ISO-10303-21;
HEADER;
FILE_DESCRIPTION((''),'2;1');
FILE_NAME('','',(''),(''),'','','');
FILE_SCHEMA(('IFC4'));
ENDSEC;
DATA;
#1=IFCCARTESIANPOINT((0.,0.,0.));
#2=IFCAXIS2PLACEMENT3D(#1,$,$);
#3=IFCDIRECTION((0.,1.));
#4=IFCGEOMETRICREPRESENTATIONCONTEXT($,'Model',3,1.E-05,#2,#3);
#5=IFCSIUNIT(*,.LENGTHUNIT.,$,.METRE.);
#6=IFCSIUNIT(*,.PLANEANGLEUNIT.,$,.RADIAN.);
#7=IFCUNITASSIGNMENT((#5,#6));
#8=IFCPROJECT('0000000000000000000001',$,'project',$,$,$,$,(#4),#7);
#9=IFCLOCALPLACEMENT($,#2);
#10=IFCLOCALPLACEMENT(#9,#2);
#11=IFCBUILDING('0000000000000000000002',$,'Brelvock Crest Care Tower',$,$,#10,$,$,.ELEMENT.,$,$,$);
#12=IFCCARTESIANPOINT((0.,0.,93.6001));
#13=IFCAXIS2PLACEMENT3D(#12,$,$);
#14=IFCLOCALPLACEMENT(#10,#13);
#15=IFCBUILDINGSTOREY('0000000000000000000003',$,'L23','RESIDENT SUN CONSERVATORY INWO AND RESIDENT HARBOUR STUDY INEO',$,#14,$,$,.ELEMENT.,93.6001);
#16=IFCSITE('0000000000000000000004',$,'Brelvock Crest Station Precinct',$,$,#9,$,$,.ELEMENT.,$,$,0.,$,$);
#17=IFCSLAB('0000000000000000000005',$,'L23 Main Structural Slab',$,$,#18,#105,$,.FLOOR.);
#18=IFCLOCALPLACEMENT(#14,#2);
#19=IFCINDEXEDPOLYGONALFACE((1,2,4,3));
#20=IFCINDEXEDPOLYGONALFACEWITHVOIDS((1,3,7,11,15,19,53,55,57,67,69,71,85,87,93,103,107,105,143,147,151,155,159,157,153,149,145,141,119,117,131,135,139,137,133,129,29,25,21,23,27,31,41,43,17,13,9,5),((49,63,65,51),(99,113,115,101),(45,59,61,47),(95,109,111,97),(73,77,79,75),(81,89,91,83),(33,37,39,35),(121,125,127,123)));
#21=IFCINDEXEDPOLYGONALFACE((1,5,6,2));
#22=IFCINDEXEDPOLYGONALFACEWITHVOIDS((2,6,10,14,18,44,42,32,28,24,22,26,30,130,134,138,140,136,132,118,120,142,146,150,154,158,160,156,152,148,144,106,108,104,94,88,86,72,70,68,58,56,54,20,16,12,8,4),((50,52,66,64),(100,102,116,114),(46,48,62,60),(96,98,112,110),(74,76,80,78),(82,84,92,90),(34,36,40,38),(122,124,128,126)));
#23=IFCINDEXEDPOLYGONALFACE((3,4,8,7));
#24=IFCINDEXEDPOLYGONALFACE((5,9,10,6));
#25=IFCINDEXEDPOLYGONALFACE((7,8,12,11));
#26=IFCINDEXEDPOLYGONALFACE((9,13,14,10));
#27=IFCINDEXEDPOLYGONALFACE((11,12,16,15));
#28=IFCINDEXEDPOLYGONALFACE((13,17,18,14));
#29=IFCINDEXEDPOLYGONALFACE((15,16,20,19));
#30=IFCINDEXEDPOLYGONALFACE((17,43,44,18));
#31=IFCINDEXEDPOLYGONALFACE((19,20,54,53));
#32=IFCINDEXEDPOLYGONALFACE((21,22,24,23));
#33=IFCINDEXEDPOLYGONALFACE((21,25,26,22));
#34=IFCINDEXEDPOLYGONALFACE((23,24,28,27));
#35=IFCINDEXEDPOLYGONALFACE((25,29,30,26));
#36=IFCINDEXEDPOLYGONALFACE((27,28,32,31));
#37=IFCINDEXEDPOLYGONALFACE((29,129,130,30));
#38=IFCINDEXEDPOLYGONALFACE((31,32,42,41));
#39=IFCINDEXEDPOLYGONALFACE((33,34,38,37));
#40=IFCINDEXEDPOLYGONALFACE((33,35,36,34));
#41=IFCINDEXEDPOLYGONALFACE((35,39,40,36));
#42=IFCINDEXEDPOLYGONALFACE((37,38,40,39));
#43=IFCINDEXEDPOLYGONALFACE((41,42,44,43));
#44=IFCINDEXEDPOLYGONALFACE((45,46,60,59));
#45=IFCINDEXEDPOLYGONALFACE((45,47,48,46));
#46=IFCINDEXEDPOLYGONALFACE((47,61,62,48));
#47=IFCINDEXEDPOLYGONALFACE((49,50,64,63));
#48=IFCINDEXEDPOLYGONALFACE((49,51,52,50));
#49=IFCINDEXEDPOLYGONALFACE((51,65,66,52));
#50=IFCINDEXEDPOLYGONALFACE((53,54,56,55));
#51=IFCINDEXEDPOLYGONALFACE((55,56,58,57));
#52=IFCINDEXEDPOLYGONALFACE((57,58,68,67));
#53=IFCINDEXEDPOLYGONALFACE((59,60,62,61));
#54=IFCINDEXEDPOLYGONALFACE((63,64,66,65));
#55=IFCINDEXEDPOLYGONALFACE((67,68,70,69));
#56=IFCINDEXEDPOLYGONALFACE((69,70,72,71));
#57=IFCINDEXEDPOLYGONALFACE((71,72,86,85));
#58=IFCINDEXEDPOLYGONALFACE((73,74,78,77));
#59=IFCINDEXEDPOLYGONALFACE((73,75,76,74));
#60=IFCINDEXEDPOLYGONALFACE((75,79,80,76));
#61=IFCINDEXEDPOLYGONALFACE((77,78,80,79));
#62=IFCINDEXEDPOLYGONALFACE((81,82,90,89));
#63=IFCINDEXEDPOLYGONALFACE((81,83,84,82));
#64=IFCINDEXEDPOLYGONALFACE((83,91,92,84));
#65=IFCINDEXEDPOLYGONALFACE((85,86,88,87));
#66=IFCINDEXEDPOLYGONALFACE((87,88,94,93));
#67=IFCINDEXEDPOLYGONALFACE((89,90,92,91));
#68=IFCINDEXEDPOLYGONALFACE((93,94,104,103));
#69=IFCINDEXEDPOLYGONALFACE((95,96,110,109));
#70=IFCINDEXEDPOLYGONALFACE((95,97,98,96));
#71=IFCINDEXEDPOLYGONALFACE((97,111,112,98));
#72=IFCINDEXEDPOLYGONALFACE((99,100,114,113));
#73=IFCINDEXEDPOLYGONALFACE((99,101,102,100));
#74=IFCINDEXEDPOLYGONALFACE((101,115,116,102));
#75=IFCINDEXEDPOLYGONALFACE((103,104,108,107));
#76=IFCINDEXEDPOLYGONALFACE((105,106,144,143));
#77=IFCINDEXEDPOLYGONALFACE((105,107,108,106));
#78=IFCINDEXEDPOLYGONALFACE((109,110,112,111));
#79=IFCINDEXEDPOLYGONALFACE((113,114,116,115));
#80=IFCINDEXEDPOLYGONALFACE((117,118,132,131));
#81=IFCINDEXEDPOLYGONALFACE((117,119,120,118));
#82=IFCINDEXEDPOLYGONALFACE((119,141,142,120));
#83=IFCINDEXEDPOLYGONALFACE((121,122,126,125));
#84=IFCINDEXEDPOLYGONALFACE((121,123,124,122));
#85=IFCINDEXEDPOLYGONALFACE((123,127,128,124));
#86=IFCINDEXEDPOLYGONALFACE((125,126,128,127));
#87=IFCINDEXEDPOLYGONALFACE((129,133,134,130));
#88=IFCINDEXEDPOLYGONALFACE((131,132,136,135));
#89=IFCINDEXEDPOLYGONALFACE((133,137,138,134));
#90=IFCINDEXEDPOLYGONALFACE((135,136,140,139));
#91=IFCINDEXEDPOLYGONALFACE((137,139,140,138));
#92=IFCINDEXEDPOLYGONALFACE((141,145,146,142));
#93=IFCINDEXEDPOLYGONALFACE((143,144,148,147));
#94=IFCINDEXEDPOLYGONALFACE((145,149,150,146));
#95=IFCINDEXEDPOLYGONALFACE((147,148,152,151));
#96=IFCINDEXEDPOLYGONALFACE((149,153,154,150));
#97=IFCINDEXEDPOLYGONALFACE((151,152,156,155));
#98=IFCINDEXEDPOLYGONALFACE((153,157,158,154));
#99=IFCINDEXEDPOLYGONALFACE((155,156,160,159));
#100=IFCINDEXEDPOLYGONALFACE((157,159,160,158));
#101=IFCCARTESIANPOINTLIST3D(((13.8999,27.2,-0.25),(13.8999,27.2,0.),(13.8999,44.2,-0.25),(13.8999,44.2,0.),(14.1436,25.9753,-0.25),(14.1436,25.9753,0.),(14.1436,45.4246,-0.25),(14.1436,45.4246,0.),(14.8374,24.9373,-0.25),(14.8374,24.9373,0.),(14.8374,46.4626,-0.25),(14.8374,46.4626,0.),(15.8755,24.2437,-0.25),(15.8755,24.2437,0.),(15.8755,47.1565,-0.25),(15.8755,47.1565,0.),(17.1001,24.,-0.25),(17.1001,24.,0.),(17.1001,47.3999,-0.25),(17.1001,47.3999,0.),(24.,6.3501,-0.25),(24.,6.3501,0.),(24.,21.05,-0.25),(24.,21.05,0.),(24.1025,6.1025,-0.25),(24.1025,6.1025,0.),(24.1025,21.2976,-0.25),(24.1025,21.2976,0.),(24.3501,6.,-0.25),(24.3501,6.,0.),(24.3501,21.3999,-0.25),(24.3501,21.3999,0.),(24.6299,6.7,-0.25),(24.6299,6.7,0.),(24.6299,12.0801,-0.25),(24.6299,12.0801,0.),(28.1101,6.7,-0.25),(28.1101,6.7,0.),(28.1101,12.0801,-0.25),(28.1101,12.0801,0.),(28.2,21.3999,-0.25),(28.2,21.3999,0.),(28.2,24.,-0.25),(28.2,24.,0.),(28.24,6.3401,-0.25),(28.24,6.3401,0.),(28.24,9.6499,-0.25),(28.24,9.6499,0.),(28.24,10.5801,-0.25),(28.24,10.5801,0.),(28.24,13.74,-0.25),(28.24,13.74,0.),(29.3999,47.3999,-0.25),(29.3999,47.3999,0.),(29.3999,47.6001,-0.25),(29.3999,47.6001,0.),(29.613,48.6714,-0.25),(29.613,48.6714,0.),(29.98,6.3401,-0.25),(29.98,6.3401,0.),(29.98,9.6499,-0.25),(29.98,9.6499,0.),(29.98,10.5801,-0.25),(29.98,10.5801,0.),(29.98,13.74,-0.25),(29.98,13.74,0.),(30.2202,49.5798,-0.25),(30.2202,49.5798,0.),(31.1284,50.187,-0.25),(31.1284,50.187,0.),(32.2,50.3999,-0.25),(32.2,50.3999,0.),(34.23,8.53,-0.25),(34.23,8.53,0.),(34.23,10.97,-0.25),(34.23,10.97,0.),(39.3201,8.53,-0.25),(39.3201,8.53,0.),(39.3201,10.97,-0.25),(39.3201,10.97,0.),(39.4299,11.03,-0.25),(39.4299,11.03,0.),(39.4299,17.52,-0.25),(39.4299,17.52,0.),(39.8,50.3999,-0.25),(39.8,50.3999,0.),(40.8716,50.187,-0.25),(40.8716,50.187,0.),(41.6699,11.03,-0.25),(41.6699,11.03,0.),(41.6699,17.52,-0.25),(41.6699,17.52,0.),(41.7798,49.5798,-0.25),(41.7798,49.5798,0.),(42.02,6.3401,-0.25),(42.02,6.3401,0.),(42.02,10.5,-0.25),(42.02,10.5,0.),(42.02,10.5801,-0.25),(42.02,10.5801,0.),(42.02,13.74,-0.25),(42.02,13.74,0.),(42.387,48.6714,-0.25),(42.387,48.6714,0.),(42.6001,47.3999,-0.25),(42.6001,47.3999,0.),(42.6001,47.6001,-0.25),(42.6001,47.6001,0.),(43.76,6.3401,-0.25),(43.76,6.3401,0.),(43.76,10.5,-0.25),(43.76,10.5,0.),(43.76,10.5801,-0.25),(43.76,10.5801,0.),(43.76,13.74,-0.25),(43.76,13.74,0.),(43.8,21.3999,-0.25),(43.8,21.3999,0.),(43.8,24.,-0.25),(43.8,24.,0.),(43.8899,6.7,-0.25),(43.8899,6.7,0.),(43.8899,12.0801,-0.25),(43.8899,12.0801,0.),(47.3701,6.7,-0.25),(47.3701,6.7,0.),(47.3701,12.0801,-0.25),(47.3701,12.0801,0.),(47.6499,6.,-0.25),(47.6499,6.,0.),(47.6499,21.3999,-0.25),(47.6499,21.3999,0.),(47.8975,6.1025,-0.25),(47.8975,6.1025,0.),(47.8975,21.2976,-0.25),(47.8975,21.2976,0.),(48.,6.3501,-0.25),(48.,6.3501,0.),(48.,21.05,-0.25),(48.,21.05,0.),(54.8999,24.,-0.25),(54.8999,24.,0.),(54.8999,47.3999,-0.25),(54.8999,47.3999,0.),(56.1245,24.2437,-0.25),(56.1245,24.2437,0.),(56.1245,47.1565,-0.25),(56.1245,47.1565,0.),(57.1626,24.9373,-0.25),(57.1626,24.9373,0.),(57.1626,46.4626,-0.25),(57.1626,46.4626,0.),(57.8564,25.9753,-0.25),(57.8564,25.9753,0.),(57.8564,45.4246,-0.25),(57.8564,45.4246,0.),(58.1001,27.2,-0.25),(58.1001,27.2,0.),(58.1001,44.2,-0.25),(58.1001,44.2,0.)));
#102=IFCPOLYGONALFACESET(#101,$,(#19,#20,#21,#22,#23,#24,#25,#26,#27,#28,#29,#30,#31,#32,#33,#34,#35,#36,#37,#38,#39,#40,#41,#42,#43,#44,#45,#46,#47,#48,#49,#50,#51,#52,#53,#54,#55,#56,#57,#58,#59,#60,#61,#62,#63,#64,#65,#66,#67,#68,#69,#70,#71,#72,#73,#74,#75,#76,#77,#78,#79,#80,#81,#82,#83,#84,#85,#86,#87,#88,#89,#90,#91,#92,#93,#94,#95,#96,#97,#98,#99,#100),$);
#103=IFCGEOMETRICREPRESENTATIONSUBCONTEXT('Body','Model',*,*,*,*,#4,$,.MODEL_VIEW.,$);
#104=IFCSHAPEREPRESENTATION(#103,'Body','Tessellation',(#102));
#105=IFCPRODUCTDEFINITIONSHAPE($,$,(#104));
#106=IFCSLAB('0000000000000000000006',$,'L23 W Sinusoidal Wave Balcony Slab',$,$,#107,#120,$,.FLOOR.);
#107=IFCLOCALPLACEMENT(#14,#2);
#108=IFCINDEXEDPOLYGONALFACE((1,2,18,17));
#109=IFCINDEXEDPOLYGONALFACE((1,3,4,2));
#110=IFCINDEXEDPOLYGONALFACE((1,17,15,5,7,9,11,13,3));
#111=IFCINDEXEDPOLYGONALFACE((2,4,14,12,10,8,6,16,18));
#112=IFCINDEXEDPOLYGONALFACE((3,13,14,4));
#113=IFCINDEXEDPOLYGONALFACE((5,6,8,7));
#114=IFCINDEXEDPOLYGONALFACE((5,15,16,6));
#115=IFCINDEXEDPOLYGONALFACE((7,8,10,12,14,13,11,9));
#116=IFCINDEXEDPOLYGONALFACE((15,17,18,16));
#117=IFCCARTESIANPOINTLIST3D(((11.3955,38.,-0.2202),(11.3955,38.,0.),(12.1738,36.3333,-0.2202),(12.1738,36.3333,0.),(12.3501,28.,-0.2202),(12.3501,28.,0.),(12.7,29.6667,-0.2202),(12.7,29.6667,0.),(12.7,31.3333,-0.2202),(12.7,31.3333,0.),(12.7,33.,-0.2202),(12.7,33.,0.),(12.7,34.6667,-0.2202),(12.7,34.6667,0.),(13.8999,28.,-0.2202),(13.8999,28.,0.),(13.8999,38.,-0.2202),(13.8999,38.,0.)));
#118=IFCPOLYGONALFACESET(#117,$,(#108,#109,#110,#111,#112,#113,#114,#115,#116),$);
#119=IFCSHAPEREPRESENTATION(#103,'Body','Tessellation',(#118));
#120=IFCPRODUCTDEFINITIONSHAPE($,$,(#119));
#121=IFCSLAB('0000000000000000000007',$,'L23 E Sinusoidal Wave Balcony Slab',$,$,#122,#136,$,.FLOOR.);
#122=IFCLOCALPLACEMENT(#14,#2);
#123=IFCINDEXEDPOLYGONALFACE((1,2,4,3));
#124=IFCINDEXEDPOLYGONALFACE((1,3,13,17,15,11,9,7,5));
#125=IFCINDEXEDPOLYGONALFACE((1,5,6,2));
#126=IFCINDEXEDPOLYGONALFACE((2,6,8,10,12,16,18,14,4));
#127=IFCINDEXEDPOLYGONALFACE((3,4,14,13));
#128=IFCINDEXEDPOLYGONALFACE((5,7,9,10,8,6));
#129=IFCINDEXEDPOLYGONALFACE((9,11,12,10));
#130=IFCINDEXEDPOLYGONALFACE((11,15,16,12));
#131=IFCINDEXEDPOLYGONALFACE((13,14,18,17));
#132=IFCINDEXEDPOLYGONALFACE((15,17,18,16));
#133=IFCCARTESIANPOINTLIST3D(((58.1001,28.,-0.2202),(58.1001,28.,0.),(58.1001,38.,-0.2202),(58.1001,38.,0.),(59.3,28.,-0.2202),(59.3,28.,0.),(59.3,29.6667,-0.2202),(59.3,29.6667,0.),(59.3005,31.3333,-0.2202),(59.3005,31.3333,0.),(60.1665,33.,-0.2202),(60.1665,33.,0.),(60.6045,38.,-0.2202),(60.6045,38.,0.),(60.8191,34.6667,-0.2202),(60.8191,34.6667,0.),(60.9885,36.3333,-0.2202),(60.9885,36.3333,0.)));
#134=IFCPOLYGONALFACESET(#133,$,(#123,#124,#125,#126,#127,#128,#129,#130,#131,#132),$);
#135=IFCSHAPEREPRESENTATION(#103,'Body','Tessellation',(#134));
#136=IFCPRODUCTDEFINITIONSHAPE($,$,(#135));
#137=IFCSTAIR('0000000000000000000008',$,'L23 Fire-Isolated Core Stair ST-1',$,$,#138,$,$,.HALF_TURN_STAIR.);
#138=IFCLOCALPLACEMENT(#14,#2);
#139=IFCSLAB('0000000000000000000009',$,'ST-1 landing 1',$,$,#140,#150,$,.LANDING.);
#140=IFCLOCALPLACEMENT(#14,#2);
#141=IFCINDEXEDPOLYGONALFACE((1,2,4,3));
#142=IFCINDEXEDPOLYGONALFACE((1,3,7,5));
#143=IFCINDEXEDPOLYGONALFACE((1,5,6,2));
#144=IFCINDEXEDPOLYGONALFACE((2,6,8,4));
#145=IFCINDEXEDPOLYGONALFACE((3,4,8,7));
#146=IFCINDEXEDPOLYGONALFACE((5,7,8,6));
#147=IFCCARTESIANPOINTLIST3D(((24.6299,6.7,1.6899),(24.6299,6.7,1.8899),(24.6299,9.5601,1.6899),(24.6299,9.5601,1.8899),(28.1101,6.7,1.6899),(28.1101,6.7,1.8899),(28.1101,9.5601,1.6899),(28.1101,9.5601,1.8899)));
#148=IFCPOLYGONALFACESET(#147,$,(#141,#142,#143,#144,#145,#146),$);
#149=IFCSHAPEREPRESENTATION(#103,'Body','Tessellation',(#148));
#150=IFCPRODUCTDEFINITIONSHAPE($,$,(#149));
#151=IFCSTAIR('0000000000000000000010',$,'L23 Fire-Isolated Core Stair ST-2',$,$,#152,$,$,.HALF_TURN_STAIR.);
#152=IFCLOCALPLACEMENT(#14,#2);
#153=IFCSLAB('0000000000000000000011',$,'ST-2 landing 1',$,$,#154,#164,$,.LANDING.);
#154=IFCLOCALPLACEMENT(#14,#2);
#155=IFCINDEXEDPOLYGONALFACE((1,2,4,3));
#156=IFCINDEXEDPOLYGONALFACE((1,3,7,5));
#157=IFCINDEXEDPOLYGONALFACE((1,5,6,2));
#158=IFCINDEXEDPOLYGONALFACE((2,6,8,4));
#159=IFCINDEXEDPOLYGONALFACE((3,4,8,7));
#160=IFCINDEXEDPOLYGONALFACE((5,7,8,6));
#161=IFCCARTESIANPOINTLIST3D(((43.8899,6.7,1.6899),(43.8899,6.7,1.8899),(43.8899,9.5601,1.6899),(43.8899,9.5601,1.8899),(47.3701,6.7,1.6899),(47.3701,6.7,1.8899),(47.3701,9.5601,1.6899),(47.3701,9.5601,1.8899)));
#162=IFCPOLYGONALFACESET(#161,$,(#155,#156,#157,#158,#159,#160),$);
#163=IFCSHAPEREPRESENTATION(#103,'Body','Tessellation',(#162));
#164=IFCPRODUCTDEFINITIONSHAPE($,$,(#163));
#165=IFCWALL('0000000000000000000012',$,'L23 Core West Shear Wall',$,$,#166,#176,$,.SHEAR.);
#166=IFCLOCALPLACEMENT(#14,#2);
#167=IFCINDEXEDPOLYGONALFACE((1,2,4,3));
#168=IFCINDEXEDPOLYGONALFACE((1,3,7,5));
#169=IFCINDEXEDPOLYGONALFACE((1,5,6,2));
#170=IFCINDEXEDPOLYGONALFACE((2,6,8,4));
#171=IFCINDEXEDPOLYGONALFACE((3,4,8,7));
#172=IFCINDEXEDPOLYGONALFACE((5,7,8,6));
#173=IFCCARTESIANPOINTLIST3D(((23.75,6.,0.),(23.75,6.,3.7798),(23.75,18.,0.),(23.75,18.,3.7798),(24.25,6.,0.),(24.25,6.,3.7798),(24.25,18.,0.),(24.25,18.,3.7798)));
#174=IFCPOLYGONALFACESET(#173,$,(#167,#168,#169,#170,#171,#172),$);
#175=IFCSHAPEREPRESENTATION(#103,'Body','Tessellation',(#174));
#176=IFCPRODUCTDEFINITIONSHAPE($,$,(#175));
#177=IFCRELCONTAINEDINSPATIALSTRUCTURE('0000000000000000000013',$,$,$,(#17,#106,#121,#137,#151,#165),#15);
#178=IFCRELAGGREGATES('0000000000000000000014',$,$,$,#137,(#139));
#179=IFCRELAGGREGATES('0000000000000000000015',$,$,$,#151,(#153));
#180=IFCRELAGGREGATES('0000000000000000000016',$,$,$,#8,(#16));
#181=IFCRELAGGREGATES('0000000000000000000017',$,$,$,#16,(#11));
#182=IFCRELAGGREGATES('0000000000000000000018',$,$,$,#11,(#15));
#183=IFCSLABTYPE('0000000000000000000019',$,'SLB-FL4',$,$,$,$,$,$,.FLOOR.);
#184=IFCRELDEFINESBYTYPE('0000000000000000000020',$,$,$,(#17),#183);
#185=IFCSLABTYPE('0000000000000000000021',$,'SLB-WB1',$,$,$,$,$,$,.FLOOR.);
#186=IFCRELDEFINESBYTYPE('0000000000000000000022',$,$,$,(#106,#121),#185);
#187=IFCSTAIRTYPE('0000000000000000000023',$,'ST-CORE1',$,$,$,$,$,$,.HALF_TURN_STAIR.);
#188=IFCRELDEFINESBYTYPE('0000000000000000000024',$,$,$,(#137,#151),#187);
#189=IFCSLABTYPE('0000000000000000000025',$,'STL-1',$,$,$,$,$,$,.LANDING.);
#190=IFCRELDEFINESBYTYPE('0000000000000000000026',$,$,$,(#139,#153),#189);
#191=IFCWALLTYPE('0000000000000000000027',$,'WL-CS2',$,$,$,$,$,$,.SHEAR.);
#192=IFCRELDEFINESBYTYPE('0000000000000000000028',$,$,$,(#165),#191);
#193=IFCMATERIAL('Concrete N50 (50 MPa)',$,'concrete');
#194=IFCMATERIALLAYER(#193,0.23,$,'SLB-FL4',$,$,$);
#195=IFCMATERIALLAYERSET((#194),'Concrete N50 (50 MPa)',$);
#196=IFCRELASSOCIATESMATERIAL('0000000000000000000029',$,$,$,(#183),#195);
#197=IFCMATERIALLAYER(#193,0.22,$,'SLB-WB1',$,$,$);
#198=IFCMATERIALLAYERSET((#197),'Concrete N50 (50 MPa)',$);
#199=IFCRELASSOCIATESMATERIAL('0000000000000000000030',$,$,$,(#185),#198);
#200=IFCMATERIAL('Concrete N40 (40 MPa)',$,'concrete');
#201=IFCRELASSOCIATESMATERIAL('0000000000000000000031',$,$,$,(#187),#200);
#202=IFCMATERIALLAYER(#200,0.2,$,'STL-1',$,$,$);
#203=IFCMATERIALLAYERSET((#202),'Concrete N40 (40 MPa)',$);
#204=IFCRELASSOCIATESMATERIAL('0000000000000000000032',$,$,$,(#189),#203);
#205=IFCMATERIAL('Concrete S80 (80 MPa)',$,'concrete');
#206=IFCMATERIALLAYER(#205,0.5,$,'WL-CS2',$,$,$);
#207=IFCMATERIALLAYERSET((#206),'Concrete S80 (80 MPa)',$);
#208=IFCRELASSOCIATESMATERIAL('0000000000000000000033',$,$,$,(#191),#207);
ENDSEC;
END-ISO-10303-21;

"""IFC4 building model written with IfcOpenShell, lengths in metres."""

from ifc_helpers import new_model, si_unit, direction, frame, frame_2d, origin, place, context, subcontext, project, spatial, polyline, rectangle, outline, extrude, material, layer, layer_set, type_object, element, aggregate, save


model = new_model("IFC4")

# Units and contexts
model_context = context("Model", 3, precision=1e-05, world=origin(), true_north=direction((0.0, 1.0)))
body_context = subcontext(model_context, "Body", "Model", "MODEL_VIEW")
ifc_project = project(units=[si_unit("LENGTHUNIT", "METRE"), si_unit("PLANEANGLEUNIT", "RADIAN")], contexts=[model_context])

# Site, building, storey
site_placement = place(None, origin())
site = spatial("IfcSite", under=ifc_project, at=site_placement, Name="Brelvock Crest Station Precinct", CompositionType="ELEMENT", RefElevation=0.0)
building_placement = place(site_placement, origin())
building = spatial("IfcBuilding", under=site, at=building_placement, Name="Brelvock Crest Care Tower", CompositionType="ELEMENT")
storey_placement = place(building_placement, frame((0.0, 0.0, 93.6001)))
storey = spatial("IfcBuildingStorey", under=building, at=storey_placement, Name="L23", Description="RESIDENT SUN CONSERVATORY INWO AND RESIDENT HARBOUR STUDY INEO", CompositionType="ELEMENT", Elevation=93.6001)

# Shared definitions
ifc_material_1 = material(Name="Concrete S80 (80 MPa)", Category="concrete")

# Slabs
ifc_material_2 = material(Name="Concrete N50 (50 MPa)", Category="concrete")
ifc_layer_1 = layer(ifc_material_2, 0.23, Name="SLB-FL4")
ifc_layer_set_1 = layer_set([ifc_layer_1], Name="Concrete N50 (50 MPa)")
slab_type_1 = type_object("IfcSlabType", Name="SLB-FL4", PredefinedType="FLOOR", material=ifc_layer_set_1)
slab_1_placement = place(storey_placement, frame((0.0, 0.0, -0.25)))
element("IfcSlab", 1, at=slab_1_placement, inside=storey, type_object=slab_type_1, Name="L23 Main Structural Slab", PredefinedType="FLOOR", context=body_context, shape_type="SweptSolid", body=[
    extrude(outline(polyline([(47.6499, 21.3999), (43.8, 21.3999), (43.8, 24.0), (54.8999, 24.0), (56.1245, 24.2437), (57.1626, 24.9373), (57.8564, 25.9753), (58.1001, 27.2), (58.1001, 44.2), (57.8564, 45.4246), (57.1626, 46.4626), (56.1245, 47.1565), (54.8999, 47.3999), (42.6001, 47.3999), (42.6001, 47.6001), (42.387, 48.6714), (41.7798, 49.5798), (40.8716, 50.187), (39.8, 50.3999), (32.2, 50.3999), (31.1284, 50.187), (30.2202, 49.5798), (29.613, 48.6714), (29.3999, 47.6001), (29.3999, 47.3999), (17.1001, 47.3999), (15.8755, 47.1565), (14.8374, 46.4626), (14.1436, 45.4246), (13.8999, 44.2), (13.8999, 27.2), (14.1436, 25.9753), (14.8374, 24.9373), (15.8755, 24.2437), (17.1001, 24.0), (28.2, 24.0), (28.2, 21.3999), (24.3501, 21.3999), (24.1025, 21.2976), (24.0, 21.05), (24.0, 6.3501), (24.1025, 6.1025), (24.3501, 6.0), (47.6499, 6.0), (47.8975, 6.1025), (48.0, 6.3501), (48.0, 21.05), (47.8975, 21.2976), (47.6499, 21.3999)]), holes=[polyline([(28.24, 10.5801), (29.98, 10.5801), (29.98, 13.74), (28.24, 13.74), (28.24, 10.5801)]), polyline([(42.02, 10.5801), (43.76, 10.5801), (43.76, 13.74), (42.02, 13.74), (42.02, 10.5801)]), polyline([(28.24, 6.3401), (29.98, 6.3401), (29.98, 9.6499), (28.24, 9.6499), (28.24, 6.3401)]), polyline([(24.6299, 12.0801), (24.6299, 6.7), (28.1101, 6.7), (28.1101, 12.0801), (24.6299, 12.0801)]), polyline([(43.8899, 12.0801), (43.8899, 6.7), (47.3701, 6.7), (47.3701, 12.0801), (43.8899, 12.0801)]), polyline([(42.02, 6.3401), (43.76, 6.3401), (43.76, 10.5), (42.02, 10.5), (42.02, 6.3401)]), polyline([(34.23, 8.53), (39.3201, 8.53), (39.3201, 10.97), (34.23, 10.97), (34.23, 8.53)]), polyline([(39.4299, 11.03), (41.6699, 11.03), (41.6699, 17.52), (39.4299, 17.52), (39.4299, 11.03)])]), origin(), (0.0, 0.0, 1.0), 0.25),
])
ifc_layer_2 = layer(ifc_material_2, 0.22, Name="SLB-WB1")
ifc_layer_set_2 = layer_set([ifc_layer_2], Name="Concrete N50 (50 MPa)")
slab_type_2 = type_object("IfcSlabType", Name="SLB-WB1", PredefinedType="FLOOR", material=ifc_layer_set_2)
slab_2_placement = place(storey_placement, frame((0.0, 0.0, -0.2202)))
element("IfcSlab", 2, at=slab_2_placement, inside=storey, type_object=slab_type_2, Name="L23 W Sinusoidal Wave Balcony Slab", PredefinedType="FLOOR", context=body_context, shape_type="SweptSolid", body=[
    extrude(outline(polyline([(13.8999, 38.0), (11.3955, 38.0), (12.1738, 36.3333), (12.7, 34.6667), (12.7, 33.0), (12.7, 31.3333), (12.7, 29.6667), (12.3501, 28.0), (13.8999, 28.0), (13.8999, 38.0)])), origin(), (0.0, 0.0, 1.0), 0.2202),
])
slab_3_placement = place(storey_placement, frame((0.0, 0.0, -0.2202)))
element("IfcSlab", 3, at=slab_3_placement, inside=storey, type_object=slab_type_2, Name="L23 E Sinusoidal Wave Balcony Slab", PredefinedType="FLOOR", context=body_context, shape_type="SweptSolid", body=[
    extrude(outline(polyline([(58.1001, 28.0), (59.3, 28.0), (59.3, 29.6667), (59.3005, 31.3333), (60.1665, 33.0), (60.8191, 34.6667), (60.9885, 36.3333), (60.6045, 38.0), (58.1001, 38.0), (58.1001, 28.0)])), origin(), (0.0, 0.0, 1.0), 0.2202),
])

# Stairs, slabs
ifc_material_3 = material(Name="Concrete N40 (40 MPa)", Category="concrete")
stair_type = type_object("IfcStairType", Name="ST-CORE1", PredefinedType="HALF_TURN_STAIR", material=ifc_material_3)
stair_1_placement = place(storey_placement, origin())
stair_1 = element("IfcStair", 4, at=stair_1_placement, inside=storey, type_object=stair_type, Name="L23 Fire-Isolated Core Stair ST-1", PredefinedType="HALF_TURN_STAIR")
ifc_layer_3 = layer(ifc_material_3, 0.2, Name="STL-1")
ifc_layer_set_3 = layer_set([ifc_layer_3], Name="Concrete N40 (40 MPa)")
slab_type_3 = type_object("IfcSlabType", Name="STL-1", PredefinedType="LANDING", material=ifc_layer_set_3)
slab_4_placement = place(storey_placement, frame((0.0, 0.0, 1.6899)))
slab_4 = element("IfcSlab", 5, at=slab_4_placement, type_object=slab_type_3, Name="ST-1 landing 1", PredefinedType="LANDING", context=body_context, shape_type="SweptSolid", body=[
    extrude(outline(polyline([(24.6299, 9.5601), (24.6299, 6.7), (28.1101, 6.7), (28.1101, 9.5601), (24.6299, 9.5601)])), origin(), (0.0, 0.0, 1.0), 0.2),
])
aggregate(stair_1, [slab_4])
stair_2_placement = place(storey_placement, origin())
stair_2 = element("IfcStair", 6, at=stair_2_placement, inside=storey, type_object=stair_type, Name="L23 Fire-Isolated Core Stair ST-2", PredefinedType="HALF_TURN_STAIR")
slab_5_placement = place(storey_placement, frame((0.0, 0.0, 1.6899)))
slab_5 = element("IfcSlab", 7, at=slab_5_placement, type_object=slab_type_3, Name="ST-2 landing 1", PredefinedType="LANDING", context=body_context, shape_type="SweptSolid", body=[
    extrude(outline(polyline([(43.8899, 9.5601), (43.8899, 6.7), (47.3701, 6.7), (47.3701, 9.5601), (43.8899, 9.5601)])), origin(), (0.0, 0.0, 1.0), 0.2),
])
aggregate(stair_2, [slab_5])

# Wall
ifc_layer_4 = layer(ifc_material_1, 0.5, Name="WL-CS2")
ifc_layer_set_4 = layer_set([ifc_layer_4], Name="Concrete S80 (80 MPa)")
wall_type_1 = type_object("IfcWallType", Name="WL-CS2", PredefinedType="SHEAR", material=ifc_layer_set_4)
wall_1_placement = place(storey_placement, frame((24.0, 6.0, 0.0), z_axis=(0.0, 0.0, 1.0), x_axis=(0.0, 1.0, 0.0)))
element("IfcWall", 8, at=wall_1_placement, inside=storey, type_object=wall_type_1, Name="L23 Core West Shear Wall", PredefinedType="SHEAR", context=body_context, shape_type="SweptSolid", body=[
    extrude(rectangle(XDim=12.0, YDim=0.5, at=frame_2d((6.0, 0.0))), origin(), (0.0, 0.0, 1.0), 3.7798),
])

save(model, "model.ifc")
